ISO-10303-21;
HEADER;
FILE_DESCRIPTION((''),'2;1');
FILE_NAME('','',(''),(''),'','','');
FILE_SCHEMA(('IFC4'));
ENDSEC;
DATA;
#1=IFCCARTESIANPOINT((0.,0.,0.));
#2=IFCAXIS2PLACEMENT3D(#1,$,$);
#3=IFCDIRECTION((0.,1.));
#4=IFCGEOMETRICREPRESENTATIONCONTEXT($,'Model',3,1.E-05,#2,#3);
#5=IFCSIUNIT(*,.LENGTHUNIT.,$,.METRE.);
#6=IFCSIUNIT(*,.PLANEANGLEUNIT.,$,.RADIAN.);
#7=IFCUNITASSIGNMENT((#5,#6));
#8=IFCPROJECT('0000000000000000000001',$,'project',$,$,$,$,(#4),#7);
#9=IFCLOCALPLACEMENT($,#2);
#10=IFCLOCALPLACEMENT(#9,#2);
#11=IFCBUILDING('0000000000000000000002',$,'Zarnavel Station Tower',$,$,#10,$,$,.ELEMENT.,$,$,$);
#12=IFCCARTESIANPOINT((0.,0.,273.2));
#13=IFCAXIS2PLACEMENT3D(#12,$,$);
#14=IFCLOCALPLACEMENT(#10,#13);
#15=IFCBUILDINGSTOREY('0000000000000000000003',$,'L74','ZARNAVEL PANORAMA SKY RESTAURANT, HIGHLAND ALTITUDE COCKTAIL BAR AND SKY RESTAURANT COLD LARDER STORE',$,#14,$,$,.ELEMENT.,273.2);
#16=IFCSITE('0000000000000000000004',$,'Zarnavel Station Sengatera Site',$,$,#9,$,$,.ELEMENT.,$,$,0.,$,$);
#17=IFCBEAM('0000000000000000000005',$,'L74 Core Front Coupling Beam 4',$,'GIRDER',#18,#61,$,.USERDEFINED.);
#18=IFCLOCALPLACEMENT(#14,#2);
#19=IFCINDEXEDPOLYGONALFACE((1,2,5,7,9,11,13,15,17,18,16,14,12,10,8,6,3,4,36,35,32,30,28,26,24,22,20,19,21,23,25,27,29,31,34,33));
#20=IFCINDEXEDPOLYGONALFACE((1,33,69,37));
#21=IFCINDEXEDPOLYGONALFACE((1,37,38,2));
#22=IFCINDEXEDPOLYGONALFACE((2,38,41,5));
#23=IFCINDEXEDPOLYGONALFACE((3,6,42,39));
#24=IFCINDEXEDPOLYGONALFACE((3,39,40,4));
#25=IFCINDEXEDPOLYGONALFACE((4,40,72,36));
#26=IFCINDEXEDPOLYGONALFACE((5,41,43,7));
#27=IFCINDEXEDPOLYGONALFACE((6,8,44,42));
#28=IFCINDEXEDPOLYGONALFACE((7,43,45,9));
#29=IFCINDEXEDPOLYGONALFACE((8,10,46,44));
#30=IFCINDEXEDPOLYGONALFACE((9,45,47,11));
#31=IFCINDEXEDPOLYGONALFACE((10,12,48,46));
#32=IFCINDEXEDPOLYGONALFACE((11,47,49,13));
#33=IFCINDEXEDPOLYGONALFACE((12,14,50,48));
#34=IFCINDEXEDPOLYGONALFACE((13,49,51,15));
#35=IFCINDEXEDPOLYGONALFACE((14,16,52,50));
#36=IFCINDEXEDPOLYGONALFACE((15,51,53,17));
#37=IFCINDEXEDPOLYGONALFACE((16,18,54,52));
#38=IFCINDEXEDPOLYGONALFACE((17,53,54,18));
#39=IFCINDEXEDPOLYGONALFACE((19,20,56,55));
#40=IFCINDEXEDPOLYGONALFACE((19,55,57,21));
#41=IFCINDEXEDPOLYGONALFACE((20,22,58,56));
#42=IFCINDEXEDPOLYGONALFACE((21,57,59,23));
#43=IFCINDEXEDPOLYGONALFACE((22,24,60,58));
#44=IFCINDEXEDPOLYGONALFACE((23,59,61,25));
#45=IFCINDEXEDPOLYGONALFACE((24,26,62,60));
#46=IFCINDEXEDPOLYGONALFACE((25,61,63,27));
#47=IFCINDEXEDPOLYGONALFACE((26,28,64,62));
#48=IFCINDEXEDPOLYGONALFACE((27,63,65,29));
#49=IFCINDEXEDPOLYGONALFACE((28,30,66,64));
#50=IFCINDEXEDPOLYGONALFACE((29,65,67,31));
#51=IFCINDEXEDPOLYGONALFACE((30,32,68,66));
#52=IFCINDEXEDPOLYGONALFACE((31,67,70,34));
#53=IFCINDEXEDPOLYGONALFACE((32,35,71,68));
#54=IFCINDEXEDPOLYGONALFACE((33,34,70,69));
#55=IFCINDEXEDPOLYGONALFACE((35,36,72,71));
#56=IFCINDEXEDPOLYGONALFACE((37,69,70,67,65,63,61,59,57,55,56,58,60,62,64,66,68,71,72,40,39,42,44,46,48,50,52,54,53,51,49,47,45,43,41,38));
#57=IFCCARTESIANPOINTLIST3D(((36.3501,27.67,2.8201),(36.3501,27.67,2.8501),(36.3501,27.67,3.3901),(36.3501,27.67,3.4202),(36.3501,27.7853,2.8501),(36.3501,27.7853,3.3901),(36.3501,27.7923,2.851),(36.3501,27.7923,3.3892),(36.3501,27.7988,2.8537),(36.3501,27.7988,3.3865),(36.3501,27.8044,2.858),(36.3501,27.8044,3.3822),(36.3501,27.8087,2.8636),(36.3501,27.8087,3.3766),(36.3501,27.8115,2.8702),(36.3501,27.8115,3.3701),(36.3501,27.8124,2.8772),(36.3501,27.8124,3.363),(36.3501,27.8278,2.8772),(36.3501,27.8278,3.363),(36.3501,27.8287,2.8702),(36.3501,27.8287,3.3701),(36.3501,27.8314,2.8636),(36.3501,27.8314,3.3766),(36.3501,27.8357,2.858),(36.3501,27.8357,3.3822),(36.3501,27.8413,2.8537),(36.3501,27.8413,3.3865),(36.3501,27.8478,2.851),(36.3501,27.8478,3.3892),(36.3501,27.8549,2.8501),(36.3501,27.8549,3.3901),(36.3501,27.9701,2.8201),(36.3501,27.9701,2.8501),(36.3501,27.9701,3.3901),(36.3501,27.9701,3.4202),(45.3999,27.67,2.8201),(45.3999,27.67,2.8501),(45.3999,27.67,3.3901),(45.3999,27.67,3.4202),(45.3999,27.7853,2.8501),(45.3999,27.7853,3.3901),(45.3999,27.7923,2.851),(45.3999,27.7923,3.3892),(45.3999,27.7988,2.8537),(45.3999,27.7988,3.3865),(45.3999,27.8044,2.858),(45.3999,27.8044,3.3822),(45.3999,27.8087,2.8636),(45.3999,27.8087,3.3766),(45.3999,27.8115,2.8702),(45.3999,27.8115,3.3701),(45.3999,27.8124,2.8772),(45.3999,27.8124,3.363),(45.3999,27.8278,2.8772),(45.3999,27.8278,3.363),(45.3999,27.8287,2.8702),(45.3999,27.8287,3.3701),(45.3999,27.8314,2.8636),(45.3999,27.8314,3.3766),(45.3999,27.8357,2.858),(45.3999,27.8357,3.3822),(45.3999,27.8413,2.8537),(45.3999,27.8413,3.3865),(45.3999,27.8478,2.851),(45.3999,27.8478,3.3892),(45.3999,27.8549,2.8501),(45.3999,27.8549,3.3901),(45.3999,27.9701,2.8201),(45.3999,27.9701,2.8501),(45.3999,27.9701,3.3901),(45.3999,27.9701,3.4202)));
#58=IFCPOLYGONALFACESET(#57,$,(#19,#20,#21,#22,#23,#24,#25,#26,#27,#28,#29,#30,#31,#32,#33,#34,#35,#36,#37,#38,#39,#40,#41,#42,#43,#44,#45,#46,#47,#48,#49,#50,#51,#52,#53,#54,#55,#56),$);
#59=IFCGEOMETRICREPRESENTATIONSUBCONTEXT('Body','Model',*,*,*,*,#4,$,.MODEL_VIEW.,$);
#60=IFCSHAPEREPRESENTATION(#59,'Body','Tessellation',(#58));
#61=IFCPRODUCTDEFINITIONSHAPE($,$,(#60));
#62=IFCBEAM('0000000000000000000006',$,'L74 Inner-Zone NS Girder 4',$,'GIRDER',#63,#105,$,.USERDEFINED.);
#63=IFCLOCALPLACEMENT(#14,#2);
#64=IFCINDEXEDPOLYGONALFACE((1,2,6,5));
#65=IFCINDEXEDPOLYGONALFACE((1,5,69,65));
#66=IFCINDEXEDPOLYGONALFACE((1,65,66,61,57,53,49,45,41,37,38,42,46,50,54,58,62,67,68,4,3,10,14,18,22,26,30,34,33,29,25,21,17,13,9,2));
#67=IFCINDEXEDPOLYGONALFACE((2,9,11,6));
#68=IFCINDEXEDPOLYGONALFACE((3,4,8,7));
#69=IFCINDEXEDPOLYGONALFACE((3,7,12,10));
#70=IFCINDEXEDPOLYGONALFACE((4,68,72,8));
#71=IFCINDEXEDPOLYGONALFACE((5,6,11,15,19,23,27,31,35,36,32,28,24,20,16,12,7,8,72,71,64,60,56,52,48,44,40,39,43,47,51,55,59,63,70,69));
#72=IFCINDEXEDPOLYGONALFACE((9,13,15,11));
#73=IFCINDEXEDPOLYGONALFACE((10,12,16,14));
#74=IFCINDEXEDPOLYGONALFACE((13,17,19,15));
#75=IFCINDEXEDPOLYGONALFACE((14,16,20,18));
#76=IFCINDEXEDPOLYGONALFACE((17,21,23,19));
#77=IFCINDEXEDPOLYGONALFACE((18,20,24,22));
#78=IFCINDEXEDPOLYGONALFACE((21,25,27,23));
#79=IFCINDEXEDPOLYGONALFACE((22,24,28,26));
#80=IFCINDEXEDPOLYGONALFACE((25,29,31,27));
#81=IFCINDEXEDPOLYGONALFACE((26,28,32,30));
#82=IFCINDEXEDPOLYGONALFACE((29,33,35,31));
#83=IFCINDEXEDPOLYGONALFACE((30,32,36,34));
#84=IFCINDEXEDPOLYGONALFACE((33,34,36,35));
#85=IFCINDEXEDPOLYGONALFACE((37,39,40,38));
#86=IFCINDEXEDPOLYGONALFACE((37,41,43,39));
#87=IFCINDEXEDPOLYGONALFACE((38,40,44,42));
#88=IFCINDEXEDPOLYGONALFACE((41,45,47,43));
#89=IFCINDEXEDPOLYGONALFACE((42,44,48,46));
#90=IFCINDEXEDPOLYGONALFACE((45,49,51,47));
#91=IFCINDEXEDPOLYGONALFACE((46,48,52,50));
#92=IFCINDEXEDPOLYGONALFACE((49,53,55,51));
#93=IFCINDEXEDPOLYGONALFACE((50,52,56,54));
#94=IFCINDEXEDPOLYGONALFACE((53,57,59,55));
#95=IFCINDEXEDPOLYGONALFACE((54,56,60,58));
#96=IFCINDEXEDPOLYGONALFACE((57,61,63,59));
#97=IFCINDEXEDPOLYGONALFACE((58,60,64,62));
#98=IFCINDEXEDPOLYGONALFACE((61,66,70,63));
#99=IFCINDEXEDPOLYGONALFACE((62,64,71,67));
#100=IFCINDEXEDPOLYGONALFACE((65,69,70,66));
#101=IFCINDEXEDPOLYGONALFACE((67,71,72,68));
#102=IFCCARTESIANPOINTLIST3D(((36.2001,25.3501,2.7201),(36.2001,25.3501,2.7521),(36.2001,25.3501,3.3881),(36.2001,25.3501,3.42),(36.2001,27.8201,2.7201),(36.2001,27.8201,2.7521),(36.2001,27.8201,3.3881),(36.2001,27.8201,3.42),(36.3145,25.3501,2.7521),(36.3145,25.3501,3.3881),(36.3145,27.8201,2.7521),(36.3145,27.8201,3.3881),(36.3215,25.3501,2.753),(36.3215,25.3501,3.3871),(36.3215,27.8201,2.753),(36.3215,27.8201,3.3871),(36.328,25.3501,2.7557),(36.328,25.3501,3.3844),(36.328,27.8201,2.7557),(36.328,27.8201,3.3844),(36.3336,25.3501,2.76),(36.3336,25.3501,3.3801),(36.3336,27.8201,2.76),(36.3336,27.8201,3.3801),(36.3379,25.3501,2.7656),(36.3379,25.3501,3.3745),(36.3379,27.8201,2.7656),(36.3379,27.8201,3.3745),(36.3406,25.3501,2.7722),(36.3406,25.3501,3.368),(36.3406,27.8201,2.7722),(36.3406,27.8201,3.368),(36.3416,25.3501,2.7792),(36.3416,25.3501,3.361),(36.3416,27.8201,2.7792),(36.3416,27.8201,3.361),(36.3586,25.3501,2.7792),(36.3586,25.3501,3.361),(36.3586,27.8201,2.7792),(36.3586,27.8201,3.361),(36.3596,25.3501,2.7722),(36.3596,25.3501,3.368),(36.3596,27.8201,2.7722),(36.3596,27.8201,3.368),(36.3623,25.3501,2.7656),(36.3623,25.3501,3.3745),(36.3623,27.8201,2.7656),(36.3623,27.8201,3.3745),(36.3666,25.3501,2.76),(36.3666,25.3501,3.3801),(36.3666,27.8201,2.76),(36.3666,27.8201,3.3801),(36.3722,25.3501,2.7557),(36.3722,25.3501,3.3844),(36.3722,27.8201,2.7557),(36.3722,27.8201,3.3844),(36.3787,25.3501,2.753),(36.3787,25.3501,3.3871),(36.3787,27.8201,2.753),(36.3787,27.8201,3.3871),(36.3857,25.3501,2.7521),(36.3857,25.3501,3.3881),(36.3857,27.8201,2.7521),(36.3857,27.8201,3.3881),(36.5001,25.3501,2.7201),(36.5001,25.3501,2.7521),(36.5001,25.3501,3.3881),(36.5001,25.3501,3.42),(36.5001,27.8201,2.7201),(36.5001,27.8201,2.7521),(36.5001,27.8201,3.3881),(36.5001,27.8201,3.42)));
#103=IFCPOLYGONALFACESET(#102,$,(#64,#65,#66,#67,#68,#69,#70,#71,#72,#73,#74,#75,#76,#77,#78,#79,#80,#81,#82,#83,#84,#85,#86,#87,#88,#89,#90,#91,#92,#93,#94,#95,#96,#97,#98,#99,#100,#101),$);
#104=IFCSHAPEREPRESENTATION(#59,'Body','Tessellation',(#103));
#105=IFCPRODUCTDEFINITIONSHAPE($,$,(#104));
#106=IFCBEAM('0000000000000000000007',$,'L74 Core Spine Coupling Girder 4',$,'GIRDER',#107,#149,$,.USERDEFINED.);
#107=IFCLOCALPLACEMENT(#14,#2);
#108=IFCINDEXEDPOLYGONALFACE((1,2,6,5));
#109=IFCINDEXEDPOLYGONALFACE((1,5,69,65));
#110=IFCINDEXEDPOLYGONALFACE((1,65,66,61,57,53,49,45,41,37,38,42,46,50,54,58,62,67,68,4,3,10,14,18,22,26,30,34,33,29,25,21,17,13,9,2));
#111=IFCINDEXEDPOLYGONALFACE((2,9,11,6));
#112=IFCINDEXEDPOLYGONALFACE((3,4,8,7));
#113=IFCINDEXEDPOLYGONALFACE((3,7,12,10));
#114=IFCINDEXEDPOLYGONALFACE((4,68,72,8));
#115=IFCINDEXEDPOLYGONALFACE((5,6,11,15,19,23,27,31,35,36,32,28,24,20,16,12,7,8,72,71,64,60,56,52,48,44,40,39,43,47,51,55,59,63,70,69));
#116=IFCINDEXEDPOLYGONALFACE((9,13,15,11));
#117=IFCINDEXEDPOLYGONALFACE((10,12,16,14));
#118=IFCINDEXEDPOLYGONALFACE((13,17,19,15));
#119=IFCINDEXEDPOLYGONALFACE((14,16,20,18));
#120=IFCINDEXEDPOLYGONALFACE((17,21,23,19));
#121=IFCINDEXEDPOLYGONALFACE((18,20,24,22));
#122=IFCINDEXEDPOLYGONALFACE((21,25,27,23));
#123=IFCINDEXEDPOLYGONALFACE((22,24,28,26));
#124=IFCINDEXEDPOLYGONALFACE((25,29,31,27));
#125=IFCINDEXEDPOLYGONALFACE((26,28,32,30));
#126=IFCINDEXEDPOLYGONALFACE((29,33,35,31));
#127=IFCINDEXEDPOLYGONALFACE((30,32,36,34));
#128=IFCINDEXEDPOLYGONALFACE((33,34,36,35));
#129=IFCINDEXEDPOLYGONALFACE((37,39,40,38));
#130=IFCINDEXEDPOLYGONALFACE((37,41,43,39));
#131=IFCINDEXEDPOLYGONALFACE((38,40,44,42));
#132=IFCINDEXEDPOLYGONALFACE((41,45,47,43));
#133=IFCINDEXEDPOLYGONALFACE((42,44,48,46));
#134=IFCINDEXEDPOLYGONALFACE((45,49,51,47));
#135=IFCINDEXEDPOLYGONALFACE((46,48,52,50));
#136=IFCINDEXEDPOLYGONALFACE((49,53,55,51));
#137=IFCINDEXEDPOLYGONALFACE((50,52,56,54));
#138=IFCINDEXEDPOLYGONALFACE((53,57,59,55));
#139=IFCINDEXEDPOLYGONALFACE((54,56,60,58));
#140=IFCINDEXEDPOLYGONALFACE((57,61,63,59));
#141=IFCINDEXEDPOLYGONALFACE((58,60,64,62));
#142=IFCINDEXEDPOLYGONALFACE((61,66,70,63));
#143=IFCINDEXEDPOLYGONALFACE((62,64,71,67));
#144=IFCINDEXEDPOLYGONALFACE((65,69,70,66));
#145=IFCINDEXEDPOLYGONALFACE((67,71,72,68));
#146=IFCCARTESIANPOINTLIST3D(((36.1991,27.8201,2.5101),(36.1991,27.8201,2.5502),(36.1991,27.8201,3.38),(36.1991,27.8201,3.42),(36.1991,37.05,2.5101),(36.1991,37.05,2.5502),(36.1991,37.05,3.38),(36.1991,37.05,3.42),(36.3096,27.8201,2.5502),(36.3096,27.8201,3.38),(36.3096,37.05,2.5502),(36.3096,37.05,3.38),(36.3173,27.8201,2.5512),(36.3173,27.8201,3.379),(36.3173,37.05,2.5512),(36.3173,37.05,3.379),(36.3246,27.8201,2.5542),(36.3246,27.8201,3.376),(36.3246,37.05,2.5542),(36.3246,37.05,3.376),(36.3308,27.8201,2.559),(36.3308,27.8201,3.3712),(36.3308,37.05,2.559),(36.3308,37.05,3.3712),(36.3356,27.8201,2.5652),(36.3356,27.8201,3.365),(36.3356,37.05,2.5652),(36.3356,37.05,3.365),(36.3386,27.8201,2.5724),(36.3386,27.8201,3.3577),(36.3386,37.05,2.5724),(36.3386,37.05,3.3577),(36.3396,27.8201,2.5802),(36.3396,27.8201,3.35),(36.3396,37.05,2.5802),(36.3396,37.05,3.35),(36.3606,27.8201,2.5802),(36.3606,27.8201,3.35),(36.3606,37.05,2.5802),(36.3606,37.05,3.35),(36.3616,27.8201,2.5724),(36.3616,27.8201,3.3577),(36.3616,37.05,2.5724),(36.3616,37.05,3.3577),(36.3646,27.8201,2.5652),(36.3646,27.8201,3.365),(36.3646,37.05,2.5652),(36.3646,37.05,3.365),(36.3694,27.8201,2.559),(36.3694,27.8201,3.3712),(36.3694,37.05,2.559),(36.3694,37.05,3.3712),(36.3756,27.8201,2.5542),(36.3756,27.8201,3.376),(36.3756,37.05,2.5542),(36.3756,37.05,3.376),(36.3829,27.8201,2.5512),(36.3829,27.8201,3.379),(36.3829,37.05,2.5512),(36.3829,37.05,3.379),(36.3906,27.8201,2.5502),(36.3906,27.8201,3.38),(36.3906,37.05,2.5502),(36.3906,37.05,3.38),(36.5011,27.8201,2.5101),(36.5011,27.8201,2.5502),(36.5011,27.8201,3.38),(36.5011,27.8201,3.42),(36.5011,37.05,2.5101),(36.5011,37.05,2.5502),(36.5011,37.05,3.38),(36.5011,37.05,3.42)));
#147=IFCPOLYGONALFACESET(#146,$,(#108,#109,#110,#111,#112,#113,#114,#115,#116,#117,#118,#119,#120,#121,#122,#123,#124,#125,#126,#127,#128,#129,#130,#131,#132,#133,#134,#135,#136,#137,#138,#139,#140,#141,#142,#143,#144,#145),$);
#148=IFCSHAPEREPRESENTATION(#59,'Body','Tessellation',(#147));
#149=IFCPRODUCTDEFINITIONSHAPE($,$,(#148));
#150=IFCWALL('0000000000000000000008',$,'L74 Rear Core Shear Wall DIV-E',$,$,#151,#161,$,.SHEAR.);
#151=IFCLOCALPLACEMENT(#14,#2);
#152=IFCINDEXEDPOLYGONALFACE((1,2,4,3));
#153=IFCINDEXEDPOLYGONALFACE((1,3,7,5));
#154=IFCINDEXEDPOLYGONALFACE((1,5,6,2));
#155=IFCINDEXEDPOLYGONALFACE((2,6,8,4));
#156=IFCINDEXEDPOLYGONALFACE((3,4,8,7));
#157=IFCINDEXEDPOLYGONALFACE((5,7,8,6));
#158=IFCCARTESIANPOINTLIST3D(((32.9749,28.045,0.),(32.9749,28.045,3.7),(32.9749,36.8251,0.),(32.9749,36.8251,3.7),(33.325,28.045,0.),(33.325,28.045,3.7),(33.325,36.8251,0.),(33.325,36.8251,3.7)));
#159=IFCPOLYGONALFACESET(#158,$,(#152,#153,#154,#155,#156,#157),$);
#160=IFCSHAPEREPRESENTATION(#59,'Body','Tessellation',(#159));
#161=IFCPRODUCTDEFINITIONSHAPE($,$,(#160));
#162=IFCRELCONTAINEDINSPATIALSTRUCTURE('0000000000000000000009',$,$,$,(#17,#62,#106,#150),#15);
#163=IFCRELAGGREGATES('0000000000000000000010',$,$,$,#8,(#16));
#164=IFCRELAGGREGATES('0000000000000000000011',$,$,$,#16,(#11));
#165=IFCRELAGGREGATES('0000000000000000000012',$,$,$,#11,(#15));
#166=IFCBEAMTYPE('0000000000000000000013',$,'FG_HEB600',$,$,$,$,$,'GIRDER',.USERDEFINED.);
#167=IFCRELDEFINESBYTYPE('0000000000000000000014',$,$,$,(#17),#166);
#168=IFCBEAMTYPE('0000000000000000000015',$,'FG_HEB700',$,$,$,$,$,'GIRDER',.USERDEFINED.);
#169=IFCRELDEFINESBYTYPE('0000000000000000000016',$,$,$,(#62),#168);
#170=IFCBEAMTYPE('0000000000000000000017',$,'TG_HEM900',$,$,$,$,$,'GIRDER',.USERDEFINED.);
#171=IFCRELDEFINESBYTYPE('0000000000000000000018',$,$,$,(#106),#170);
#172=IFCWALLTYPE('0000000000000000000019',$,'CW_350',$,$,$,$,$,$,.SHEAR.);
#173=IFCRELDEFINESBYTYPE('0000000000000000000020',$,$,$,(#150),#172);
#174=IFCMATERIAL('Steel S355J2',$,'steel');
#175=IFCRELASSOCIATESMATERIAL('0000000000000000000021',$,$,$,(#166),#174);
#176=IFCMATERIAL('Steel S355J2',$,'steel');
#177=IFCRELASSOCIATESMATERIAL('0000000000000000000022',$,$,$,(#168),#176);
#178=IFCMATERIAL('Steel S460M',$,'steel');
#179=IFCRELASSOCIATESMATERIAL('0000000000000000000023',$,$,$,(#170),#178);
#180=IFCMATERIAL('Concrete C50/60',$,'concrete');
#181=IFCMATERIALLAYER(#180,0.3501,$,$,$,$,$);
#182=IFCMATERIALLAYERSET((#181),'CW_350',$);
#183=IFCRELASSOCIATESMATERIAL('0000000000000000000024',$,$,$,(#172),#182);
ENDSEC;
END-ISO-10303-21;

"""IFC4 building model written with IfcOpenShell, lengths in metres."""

from ifc_helpers import new_model, si_unit, direction, frame, frame_2d, origin, origin_2d, place, context, subcontext, project, spatial, rectangle, i_section, extrude, material, layer, layer_set, material_profile, profile_set, type_object, element, save


model = new_model("IFC4")

# Units and contexts
model_context = context("Model", 3, precision=1e-05, world=origin(), true_north=direction((0.0, 1.0)))
body_context = subcontext(model_context, "Body", "Model", "MODEL_VIEW")
ifc_project = project(units=[si_unit("LENGTHUNIT", "METRE"), si_unit("PLANEANGLEUNIT", "RADIAN")], contexts=[model_context])

# Site, building, storey
site_placement = place(None, origin())
site = spatial("IfcSite", under=ifc_project, at=site_placement, Name="Zarnavel Station Sengatera Site", CompositionType="ELEMENT", RefElevation=0.0)
building_placement = place(site_placement, origin())
building = spatial("IfcBuilding", under=site, at=building_placement, Name="Zarnavel Station Tower", CompositionType="ELEMENT")
storey_placement = place(building_placement, frame((0.0, 0.0, 273.2)))
storey = spatial("IfcBuildingStorey", under=building, at=storey_placement, Name="L74", Description="ZARNAVEL PANORAMA SKY RESTAURANT, HIGHLAND ALTITUDE COCKTAIL BAR AND SKY RESTAURANT COLD LARDER STORE", CompositionType="ELEMENT", Elevation=273.2)

# Beams
ifc_material_1 = material(Name="Steel S355J2", Category="steel")
ifc_material_profile_1 = material_profile(ifc_material_1, i_section(OverallWidth=0.3, OverallDepth=0.6001, WebThickness=0.0154, FlangeThickness=0.03, FilletRadius=0.0271, at=origin_2d()), Name="HEB600")
ifc_profile_set_1 = profile_set([ifc_material_profile_1], Name="Steel S355J2")
beam_type_1 = type_object("IfcBeamType", Name="FG_HEB600", ElementType="GIRDER", PredefinedType="USERDEFINED", material=ifc_profile_set_1)
beam_1_placement = place(storey_placement, frame((36.3501, 27.8201, 3.1201), z_axis=(1.0, 0.0, 0.0), x_axis=(0.0, 1.0, 0.0)))
element("IfcBeam", 1, at=beam_1_placement, inside=storey, type_object=beam_type_1, Name="L74 Core Front Coupling Beam 4", ObjectType="GIRDER", PredefinedType="USERDEFINED", context=body_context, shape_type="SweptSolid", body=[
    extrude(i_section(OverallWidth=0.3, OverallDepth=0.6001, WebThickness=0.0154, FlangeThickness=0.03, FilletRadius=0.0271, at=origin_2d()), origin(), (0.0, 0.0, 1.0), 9.0498),
])
ifc_material_2 = material(Name="Steel S355J2", Category="steel")
ifc_material_profile_2 = material_profile(ifc_material_2, i_section(OverallWidth=0.3, OverallDepth=0.7, WebThickness=0.0171, FlangeThickness=0.032, FilletRadius=0.0271, at=origin_2d()), Name="HEB700")
ifc_profile_set_2 = profile_set([ifc_material_profile_2], Name="Steel S355J2")
beam_type_2 = type_object("IfcBeamType", Name="FG_HEB700", ElementType="GIRDER", PredefinedType="USERDEFINED", material=ifc_profile_set_2)
beam_2_placement = place(storey_placement, frame((36.3501, 25.3501, 3.0701), z_axis=(0.0, 1.0, 0.0), x_axis=(-1.0, 0.0, 0.0)))
element("IfcBeam", 2, at=beam_2_placement, inside=storey, type_object=beam_type_2, Name="L74 Inner-Zone NS Girder 4", ObjectType="GIRDER", PredefinedType="USERDEFINED", context=body_context, shape_type="SweptSolid", body=[
    extrude(i_section(OverallWidth=0.3, OverallDepth=0.7, WebThickness=0.0171, FlangeThickness=0.032, FilletRadius=0.0271, at=origin_2d()), origin(), (0.0, 0.0, 1.0), 2.47),
])
ifc_material_3 = material(Name="Steel S460M", Category="steel")
ifc_material_profile_3 = material_profile(ifc_material_3, i_section(OverallWidth=0.302, OverallDepth=0.9099, WebThickness=0.021, FlangeThickness=0.04, FilletRadius=0.03, at=origin_2d()), Name="HEM900")
ifc_profile_set_3 = profile_set([ifc_material_profile_3], Name="Steel S460M")
beam_type_3 = type_object("IfcBeamType", Name="TG_HEM900", ElementType="GIRDER", PredefinedType="USERDEFINED", material=ifc_profile_set_3)
beam_3_placement = place(storey_placement, frame((36.3501, 27.8201, 2.9651), z_axis=(0.0, 1.0, 0.0), x_axis=(-1.0, 0.0, 0.0)))
element("IfcBeam", 3, at=beam_3_placement, inside=storey, type_object=beam_type_3, Name="L74 Core Spine Coupling Girder 4", ObjectType="GIRDER", PredefinedType="USERDEFINED", context=body_context, shape_type="SweptSolid", body=[
    extrude(i_section(OverallWidth=0.302, OverallDepth=0.9099, WebThickness=0.021, FlangeThickness=0.04, FilletRadius=0.03, at=origin_2d()), origin(), (0.0, 0.0, 1.0), 9.23),
])

# Wall
ifc_material_4 = material(Name="Concrete C50/60", Category="concrete")
ifc_layer_1 = layer(ifc_material_4, 0.3501)
ifc_layer_set_1 = layer_set([ifc_layer_1], Name="CW_350")
wall_type_1 = type_object("IfcWallType", Name="CW_350", PredefinedType="SHEAR", material=ifc_layer_set_1)
wall_1_placement = place(storey_placement, frame((33.1499, 28.0449, 0.0), z_axis=(0.0, 0.0, 1.0), x_axis=(0.0, 1.0, 0.0)))
element("IfcWall", 4, at=wall_1_placement, inside=storey, type_object=wall_type_1, Name="L74 Rear Core Shear Wall DIV-E", PredefinedType="SHEAR", context=body_context, shape_type="SweptSolid", body=[
    extrude(rectangle(XDim=8.78, YDim=0.3501, at=frame_2d((4.3901, 0.0))), origin(), (0.0, 0.0, 1.0), 3.7),
])

save(model, "model.ifc")
